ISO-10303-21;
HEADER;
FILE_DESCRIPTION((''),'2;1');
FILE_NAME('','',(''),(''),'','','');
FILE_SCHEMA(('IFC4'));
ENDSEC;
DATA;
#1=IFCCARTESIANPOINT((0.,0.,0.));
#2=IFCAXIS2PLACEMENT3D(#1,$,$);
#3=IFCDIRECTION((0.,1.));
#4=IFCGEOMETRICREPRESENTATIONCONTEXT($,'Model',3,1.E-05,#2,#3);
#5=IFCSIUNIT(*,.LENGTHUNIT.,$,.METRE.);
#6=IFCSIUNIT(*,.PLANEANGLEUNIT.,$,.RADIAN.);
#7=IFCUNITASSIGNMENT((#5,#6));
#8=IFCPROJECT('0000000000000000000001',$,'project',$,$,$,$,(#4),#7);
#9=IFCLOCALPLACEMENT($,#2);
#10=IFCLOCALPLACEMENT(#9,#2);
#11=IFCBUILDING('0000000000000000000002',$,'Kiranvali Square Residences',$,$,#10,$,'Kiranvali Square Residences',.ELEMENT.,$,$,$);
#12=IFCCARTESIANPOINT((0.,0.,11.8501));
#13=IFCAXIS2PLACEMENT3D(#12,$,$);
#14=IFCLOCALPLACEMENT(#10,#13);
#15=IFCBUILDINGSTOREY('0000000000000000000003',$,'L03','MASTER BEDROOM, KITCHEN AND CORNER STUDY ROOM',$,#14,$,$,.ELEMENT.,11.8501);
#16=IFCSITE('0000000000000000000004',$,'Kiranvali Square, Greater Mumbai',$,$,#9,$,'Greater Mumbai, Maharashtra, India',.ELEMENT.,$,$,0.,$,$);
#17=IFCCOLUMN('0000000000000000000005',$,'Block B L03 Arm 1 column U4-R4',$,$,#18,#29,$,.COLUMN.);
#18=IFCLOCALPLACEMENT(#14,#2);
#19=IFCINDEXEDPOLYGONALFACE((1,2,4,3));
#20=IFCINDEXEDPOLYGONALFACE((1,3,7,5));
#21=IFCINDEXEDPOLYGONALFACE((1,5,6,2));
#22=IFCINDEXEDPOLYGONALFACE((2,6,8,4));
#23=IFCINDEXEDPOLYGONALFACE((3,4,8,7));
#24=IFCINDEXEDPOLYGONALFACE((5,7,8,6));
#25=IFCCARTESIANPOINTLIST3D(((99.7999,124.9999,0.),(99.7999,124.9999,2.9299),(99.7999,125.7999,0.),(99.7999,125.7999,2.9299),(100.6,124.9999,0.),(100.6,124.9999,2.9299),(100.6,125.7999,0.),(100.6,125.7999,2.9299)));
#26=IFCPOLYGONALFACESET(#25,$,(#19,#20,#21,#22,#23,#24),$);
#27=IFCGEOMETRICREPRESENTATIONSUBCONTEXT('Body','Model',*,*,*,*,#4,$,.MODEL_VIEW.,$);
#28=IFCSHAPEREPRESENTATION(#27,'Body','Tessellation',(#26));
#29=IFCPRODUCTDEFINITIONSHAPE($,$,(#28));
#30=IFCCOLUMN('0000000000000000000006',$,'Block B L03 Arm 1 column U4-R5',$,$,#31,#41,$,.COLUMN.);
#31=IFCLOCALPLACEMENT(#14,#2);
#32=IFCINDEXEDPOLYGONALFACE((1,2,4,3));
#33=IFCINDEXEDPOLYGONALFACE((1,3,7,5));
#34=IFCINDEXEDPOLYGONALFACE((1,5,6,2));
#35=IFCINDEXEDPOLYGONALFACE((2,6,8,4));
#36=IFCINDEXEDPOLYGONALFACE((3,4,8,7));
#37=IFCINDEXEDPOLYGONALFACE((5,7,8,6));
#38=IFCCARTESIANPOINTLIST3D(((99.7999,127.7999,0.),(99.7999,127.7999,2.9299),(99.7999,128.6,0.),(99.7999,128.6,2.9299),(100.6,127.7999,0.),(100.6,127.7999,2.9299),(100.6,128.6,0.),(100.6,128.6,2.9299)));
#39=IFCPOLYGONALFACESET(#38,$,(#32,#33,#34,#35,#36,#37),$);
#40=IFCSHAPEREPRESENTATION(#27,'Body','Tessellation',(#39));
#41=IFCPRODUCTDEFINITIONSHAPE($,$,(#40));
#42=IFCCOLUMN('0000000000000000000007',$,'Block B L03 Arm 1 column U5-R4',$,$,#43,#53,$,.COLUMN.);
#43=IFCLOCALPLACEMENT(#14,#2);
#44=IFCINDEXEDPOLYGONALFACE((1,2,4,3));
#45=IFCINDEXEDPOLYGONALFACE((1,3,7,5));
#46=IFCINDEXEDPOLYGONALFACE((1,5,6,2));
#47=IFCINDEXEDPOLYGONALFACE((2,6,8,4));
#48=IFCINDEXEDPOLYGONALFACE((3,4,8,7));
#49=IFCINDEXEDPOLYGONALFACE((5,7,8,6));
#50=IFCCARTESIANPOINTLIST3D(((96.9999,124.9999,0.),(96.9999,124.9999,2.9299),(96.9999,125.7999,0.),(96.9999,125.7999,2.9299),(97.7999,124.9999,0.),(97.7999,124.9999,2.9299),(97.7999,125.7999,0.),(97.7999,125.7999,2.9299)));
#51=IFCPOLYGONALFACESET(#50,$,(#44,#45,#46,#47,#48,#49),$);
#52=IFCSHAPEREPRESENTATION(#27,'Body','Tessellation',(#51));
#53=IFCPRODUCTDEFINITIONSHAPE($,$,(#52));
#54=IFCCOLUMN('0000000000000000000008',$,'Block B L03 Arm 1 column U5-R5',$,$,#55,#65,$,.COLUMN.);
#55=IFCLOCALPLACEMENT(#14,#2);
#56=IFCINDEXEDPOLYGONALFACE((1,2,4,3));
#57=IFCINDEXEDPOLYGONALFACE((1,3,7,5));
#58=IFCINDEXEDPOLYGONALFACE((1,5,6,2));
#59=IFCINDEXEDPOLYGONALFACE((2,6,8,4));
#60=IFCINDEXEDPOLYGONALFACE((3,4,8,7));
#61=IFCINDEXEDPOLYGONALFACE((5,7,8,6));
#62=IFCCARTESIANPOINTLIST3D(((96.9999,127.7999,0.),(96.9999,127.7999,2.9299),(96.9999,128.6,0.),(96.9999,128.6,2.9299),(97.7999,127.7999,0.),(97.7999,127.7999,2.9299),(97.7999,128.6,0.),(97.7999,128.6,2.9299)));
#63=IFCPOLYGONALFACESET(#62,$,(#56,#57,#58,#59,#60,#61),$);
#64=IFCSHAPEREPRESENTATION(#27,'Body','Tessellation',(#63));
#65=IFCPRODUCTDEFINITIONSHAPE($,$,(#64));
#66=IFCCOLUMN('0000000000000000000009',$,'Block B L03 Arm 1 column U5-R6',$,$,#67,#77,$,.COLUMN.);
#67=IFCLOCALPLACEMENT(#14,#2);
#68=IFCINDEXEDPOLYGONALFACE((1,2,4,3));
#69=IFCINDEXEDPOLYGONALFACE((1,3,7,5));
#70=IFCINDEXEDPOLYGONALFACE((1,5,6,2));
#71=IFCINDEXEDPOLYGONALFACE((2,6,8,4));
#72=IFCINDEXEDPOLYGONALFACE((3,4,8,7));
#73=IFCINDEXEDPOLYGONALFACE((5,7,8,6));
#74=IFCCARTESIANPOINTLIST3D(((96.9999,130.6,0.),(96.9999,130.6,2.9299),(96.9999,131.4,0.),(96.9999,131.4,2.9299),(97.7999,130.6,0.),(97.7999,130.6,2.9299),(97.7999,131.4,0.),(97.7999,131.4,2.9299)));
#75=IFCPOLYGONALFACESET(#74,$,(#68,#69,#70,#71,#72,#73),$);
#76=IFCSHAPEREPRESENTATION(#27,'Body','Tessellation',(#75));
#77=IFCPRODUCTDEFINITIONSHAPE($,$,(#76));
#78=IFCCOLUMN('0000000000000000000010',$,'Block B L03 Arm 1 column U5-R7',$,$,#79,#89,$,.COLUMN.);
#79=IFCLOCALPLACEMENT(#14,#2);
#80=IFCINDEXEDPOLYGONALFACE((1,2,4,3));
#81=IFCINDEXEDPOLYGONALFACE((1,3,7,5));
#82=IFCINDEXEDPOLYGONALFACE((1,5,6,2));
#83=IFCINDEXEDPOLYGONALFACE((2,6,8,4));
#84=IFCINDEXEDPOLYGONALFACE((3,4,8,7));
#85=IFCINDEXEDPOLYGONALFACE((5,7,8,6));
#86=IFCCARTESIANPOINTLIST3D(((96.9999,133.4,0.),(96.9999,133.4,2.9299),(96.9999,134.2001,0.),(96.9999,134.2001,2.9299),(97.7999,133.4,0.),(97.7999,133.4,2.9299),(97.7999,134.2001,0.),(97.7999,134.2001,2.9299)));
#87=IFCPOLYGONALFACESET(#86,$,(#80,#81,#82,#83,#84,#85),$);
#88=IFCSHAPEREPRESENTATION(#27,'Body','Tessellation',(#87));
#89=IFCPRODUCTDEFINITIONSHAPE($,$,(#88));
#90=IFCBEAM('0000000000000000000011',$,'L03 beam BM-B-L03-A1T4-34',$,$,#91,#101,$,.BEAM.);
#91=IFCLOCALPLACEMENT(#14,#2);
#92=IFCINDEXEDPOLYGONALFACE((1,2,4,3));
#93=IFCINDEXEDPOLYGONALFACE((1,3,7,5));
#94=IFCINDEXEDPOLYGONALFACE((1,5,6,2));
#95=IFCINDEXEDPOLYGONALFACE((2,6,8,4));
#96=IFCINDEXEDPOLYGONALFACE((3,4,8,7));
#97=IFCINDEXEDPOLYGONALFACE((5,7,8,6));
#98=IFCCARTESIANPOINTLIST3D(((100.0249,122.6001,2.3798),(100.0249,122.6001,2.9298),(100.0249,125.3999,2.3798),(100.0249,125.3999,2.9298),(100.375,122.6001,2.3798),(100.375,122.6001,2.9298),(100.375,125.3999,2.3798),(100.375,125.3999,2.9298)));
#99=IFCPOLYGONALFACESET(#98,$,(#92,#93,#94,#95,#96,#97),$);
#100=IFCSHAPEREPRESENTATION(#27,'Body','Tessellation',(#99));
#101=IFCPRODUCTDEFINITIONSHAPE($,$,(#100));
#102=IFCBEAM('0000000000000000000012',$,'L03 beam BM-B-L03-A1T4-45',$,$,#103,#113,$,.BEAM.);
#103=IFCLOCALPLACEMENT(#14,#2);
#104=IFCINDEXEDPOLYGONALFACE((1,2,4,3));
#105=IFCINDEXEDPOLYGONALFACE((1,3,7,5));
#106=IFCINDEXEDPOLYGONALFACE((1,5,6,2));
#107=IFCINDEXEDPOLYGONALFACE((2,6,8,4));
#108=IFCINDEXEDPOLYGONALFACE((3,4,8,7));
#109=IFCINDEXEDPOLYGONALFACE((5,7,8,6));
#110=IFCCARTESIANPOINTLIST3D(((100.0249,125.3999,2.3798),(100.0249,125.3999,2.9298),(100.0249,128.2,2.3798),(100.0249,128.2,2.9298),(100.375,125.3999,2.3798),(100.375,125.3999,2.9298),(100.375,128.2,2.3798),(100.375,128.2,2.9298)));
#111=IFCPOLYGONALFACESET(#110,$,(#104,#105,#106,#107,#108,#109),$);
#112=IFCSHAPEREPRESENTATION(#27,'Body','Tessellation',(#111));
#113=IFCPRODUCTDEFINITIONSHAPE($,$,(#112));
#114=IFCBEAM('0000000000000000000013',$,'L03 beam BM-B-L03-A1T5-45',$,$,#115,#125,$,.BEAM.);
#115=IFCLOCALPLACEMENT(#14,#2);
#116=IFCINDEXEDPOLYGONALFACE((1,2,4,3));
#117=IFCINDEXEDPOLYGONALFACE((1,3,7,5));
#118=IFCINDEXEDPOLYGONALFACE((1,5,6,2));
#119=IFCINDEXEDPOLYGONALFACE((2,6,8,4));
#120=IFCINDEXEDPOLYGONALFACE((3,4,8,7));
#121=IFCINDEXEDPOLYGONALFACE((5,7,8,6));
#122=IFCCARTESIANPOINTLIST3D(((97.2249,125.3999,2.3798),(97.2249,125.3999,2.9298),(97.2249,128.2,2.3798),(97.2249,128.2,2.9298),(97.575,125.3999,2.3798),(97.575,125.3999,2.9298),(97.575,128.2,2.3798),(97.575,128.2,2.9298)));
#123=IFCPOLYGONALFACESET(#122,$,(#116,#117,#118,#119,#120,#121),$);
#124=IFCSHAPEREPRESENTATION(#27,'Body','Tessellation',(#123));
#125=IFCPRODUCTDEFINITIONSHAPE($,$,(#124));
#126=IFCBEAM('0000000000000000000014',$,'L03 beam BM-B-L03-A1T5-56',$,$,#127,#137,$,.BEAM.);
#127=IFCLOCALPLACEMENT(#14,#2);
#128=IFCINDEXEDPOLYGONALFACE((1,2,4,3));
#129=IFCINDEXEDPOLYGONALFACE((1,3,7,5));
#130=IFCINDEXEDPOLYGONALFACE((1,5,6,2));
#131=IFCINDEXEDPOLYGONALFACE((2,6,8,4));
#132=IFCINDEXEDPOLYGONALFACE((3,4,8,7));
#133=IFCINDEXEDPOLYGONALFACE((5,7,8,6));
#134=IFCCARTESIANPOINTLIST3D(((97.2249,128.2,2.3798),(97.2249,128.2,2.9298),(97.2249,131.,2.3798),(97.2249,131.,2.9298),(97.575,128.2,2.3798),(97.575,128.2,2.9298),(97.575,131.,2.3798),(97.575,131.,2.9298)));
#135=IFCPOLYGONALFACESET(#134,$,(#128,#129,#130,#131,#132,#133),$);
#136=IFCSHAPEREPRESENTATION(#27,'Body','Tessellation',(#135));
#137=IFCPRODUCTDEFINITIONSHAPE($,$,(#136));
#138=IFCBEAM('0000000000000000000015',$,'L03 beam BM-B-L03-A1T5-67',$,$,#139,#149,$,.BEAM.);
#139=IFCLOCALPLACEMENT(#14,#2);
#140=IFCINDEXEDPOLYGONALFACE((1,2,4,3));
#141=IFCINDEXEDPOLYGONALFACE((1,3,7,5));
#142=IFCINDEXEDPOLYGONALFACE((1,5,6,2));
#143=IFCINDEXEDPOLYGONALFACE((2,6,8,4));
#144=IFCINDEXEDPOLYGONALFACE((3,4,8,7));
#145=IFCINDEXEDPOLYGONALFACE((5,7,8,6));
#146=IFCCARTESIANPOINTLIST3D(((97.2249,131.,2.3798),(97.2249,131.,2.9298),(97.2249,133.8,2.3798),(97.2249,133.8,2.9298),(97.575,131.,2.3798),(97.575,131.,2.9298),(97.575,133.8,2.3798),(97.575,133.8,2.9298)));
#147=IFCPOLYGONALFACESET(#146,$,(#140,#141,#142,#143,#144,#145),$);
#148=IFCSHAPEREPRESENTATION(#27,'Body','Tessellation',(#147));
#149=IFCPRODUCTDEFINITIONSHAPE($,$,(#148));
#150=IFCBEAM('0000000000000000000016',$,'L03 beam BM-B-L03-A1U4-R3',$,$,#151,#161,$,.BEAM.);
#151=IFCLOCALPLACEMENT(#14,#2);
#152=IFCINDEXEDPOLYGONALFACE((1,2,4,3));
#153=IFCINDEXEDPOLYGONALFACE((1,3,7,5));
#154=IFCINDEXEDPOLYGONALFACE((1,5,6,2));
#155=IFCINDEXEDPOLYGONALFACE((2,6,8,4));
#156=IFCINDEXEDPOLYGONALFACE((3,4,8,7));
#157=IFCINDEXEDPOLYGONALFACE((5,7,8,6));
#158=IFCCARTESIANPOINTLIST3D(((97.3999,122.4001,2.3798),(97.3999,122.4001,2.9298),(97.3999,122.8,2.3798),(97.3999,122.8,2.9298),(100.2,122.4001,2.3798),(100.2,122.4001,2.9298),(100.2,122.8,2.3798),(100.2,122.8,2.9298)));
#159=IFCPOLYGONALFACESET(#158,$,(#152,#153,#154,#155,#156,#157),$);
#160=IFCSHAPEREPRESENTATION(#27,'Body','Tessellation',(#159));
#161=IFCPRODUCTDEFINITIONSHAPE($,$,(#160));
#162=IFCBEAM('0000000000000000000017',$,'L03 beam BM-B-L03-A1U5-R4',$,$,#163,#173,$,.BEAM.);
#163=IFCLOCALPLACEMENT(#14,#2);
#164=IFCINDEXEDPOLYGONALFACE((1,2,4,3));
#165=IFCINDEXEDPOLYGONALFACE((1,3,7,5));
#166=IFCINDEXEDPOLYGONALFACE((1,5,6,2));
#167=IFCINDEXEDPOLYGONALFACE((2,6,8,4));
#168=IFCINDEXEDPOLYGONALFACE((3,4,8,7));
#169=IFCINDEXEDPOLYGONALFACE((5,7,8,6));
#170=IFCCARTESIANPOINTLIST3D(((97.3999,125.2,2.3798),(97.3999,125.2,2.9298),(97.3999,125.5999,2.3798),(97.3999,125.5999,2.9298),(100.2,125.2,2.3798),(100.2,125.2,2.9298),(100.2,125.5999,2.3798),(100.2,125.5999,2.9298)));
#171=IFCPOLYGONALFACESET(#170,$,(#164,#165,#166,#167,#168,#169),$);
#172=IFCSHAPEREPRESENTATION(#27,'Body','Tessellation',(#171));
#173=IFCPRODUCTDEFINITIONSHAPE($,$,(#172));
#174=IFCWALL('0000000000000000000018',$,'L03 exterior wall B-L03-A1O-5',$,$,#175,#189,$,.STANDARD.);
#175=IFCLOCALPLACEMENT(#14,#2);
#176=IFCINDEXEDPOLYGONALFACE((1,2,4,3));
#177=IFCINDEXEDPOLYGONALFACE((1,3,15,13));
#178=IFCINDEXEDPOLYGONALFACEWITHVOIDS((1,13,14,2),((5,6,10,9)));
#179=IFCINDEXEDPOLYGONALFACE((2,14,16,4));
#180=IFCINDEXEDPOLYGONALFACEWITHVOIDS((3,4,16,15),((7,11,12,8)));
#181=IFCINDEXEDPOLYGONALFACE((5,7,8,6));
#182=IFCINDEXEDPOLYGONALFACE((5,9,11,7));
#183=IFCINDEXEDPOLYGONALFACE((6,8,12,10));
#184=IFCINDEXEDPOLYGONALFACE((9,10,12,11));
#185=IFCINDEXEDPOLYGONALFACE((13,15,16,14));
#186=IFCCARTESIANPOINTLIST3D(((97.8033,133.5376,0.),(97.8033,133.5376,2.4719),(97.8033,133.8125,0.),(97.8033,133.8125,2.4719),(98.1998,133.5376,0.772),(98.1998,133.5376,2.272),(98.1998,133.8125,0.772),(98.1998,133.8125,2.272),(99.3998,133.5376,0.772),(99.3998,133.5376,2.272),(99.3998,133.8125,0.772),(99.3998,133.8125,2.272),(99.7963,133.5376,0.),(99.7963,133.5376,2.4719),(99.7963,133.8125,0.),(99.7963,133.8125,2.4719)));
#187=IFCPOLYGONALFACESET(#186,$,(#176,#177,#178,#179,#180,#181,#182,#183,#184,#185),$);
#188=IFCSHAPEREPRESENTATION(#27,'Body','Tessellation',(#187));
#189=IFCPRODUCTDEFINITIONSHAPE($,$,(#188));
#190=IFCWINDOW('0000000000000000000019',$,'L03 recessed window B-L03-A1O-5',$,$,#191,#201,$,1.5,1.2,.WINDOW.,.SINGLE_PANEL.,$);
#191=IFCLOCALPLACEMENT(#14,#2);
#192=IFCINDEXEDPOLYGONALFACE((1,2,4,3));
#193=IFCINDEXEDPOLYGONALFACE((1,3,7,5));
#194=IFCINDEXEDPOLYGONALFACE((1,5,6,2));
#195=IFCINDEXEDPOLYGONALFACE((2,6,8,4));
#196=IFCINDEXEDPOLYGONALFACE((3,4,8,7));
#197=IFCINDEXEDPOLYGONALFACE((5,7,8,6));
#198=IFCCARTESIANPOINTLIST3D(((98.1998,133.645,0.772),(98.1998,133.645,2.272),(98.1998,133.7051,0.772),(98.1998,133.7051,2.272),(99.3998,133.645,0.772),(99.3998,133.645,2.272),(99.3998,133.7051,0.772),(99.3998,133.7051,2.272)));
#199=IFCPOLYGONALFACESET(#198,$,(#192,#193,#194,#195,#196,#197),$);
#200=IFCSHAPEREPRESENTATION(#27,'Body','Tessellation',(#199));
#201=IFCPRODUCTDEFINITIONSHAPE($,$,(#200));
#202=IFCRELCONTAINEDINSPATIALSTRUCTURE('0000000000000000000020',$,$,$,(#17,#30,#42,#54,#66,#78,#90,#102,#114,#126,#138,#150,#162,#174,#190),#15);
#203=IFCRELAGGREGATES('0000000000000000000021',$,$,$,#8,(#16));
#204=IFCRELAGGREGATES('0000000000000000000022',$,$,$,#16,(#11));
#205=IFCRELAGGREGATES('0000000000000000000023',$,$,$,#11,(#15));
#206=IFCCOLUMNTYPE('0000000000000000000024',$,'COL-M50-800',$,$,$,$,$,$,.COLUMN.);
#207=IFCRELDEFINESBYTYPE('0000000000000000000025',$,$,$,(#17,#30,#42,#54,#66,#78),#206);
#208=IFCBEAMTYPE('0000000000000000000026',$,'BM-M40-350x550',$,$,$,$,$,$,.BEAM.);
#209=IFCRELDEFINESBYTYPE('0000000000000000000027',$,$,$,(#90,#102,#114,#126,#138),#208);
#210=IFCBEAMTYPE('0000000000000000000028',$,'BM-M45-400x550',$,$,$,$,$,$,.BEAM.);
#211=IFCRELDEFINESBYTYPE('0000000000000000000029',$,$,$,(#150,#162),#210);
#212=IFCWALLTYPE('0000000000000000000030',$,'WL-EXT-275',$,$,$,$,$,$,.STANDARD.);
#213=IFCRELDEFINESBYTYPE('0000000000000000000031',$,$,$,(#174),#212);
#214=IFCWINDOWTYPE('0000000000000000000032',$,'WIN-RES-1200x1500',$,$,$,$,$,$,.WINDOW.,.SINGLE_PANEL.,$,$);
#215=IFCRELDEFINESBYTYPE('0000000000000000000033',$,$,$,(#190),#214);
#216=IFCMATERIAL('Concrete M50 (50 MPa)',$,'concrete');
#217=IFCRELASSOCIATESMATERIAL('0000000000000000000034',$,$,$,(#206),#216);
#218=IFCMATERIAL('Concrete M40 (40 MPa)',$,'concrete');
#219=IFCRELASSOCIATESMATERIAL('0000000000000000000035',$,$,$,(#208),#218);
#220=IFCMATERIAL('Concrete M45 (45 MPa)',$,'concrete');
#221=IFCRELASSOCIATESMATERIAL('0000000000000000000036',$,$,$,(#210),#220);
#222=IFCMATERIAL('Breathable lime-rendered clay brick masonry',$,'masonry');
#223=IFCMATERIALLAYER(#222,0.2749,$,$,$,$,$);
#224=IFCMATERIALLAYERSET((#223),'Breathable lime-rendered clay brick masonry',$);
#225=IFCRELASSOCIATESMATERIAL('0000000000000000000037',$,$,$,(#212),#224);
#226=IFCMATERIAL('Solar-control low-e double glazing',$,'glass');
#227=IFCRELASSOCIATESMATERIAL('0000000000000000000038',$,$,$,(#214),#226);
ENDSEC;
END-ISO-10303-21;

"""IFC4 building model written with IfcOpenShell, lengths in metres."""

from ifc_helpers import new_model, si_unit, direction, frame, frame_2d, origin, origin_2d, place, context, subcontext, project, spatial, rectangle, extrude, material, layer, layer_set, material_profile, profile_set, type_object, element, fill, save


model = new_model("IFC4")

# Units and contexts
model_context = context("Model", 3, precision=1e-05, world=origin(), true_north=direction((0.0, 1.0)))
body_context = subcontext(model_context, "Body", "Model", "MODEL_VIEW")
ifc_project = project(units=[si_unit("LENGTHUNIT", "METRE"), si_unit("PLANEANGLEUNIT", "RADIAN")], contexts=[model_context])

# Site, building, storey
site_placement = place(None, origin())
site = spatial("IfcSite", under=ifc_project, at=site_placement, Name="Kiranvali Square, Greater Mumbai", LongName="Greater Mumbai, Maharashtra, India", CompositionType="ELEMENT", RefElevation=0.0)
building_placement = place(site_placement, origin())
building = spatial("IfcBuilding", under=site, at=building_placement, Name="Kiranvali Square Residences", LongName="Kiranvali Square Residences", CompositionType="ELEMENT")
storey_placement = place(building_placement, frame((0.0, 0.0, 11.8501)))
storey = spatial("IfcBuildingStorey", under=building, at=storey_placement, Name="L03", Description="MASTER BEDROOM, KITCHEN AND CORNER STUDY ROOM", CompositionType="ELEMENT", Elevation=11.8501)

# Columns
ifc_material_1 = material(Name="Concrete M50 (50 MPa)", Category="concrete")
ifc_material_profile_1 = material_profile(ifc_material_1, rectangle(XDim=0.8, YDim=0.8, at=origin_2d()), Name="RC 800x800")
ifc_profile_set_1 = profile_set([ifc_material_profile_1], Name="Concrete M50 (50 MPa)")
column_type = type_object("IfcColumnType", Name="COL-M50-800", PredefinedType="COLUMN", material=ifc_profile_set_1)
for number, where, z_axis, x_axis, name in (
    (1, (100.2, 125.3999, 0.0), (0.0, 0.0, 1.0), (1.0, 0.0, 0.0), "Block B L03 Arm 1 column U4-R4"),
    (2, (100.2, 128.2, 0.0), (0.0, 0.0, 1.0), (1.0, 0.0, 0.0), "Block B L03 Arm 1 column U4-R5"),
    (3, (97.3999, 125.3999, 0.0), (0.0, 0.0, 1.0), (1.0, 0.0, 0.0), "Block B L03 Arm 1 column U5-R4"),
    (4, (97.3999, 128.2, 0.0), (0.0, 0.0, 1.0), (1.0, 0.0, 0.0), "Block B L03 Arm 1 column U5-R5"),
    (5, (97.3999, 131.0, 0.0), (0.0, 0.0, 1.0), (1.0, 0.0, 0.0), "Block B L03 Arm 1 column U5-R6"),
    (6, (97.3999, 133.8, 0.0), (0.0, 0.0, 1.0), (1.0, 0.0, 0.0), "Block B L03 Arm 1 column U5-R7"),
):
    element("IfcColumn", number, at=place(storey_placement, frame(where, z_axis=z_axis, x_axis=x_axis)), inside=storey, type_object=column_type, Name=name, PredefinedType="COLUMN", context=body_context, shape_type="SweptSolid", body=[
        extrude(rectangle(XDim=0.8, YDim=0.8, at=origin_2d()), origin(), (0.0, 0.0, 1.0), 2.9299),
    ])

# Beams
ifc_material_2 = material(Name="Concrete M40 (40 MPa)", Category="concrete")
ifc_material_profile_2 = material_profile(ifc_material_2, rectangle(XDim=0.3501, YDim=0.55, at=origin_2d()), Name="RC 350x550")
ifc_profile_set_2 = profile_set([ifc_material_profile_2], Name="Concrete M40 (40 MPa)")
beam_type_1 = type_object("IfcBeamType", Name="BM-M40-350x550", PredefinedType="BEAM", material=ifc_profile_set_2)
beam_placement = place(storey_placement, frame((100.2, 122.6001, 2.6548), z_axis=(0.0, 1.0, 0.0), x_axis=(-1.0, 0.0, 0.0)))
element("IfcBeam", 7, at=beam_placement, inside=storey, type_object=beam_type_1, Name="L03 beam BM-B-L03-A1T4-34", PredefinedType="BEAM", context=body_context, shape_type="SweptSolid", body=[
    extrude(rectangle(XDim=0.3501, YDim=0.55, at=origin_2d()), origin(), (0.0, 0.0, 1.0), 2.7998),
])
for number, where, z_axis, x_axis, name in (
    (8, (100.2, 125.3999, 2.6548), (0.0, 1.0, 0.0), (-1.0, 0.0, 0.0), "L03 beam BM-B-L03-A1T4-45"),
    (9, (97.3999, 125.3999, 2.6548), (0.0, 1.0, 0.0), (-1.0, 0.0, 0.0), "L03 beam BM-B-L03-A1T5-45"),
    (10, (97.3999, 128.2, 2.6548), (0.0, 1.0, 0.0), (-1.0, 0.0, 0.0), "L03 beam BM-B-L03-A1T5-56"),
    (11, (97.3999, 131.0, 2.6548), (0.0, 1.0, 0.0), (-1.0, 0.0, 0.0), "L03 beam BM-B-L03-A1T5-67"),
):
    element("IfcBeam", number, at=place(storey_placement, frame(where, z_axis=z_axis, x_axis=x_axis)), inside=storey, type_object=beam_type_1, Name=name, PredefinedType="BEAM", context=body_context, shape_type="SweptSolid", body=[
        extrude(rectangle(XDim=0.3501, YDim=0.55, at=origin_2d()), origin(), (0.0, 0.0, 1.0), 2.8),
    ])
ifc_material_3 = material(Name="Concrete M45 (45 MPa)", Category="concrete")
ifc_material_profile_3 = material_profile(ifc_material_3, rectangle(XDim=0.3999, YDim=0.55, at=origin_2d()), Name="RC 400x550")
ifc_profile_set_3 = profile_set([ifc_material_profile_3], Name="Concrete M45 (45 MPa)")
beam_type_2 = type_object("IfcBeamType", Name="BM-M45-400x550", PredefinedType="BEAM", material=ifc_profile_set_3)
for number, where, z_axis, x_axis, name in (
    (12, (100.2, 122.6001, 2.6548), (-1.0, 0.0, 0.0), (0.0, -1.0, 0.0), "L03 beam BM-B-L03-A1U4-R3"),
    (13, (100.2, 125.3999, 2.6548), (-1.0, 0.0, 0.0), (0.0, -1.0, 0.0), "L03 beam BM-B-L03-A1U5-R4"),
):
    element("IfcBeam", number, at=place(storey_placement, frame(where, z_axis=z_axis, x_axis=x_axis)), inside=storey, type_object=beam_type_2, Name=name, PredefinedType="BEAM", context=body_context, shape_type="SweptSolid", body=[
        extrude(rectangle(XDim=0.3999, YDim=0.55, at=origin_2d()), origin(), (0.0, 0.0, 1.0), 2.8),
    ])

# Wall, opening, window
ifc_material_4 = material(Name="Breathable lime-rendered clay brick masonry", Category="masonry")
ifc_layer_1 = layer(ifc_material_4, 0.2749)
ifc_layer_set_1 = layer_set([ifc_layer_1], Name="Breathable lime-rendered clay brick masonry")
wall_type_1 = type_object("IfcWallType", Name="WL-EXT-275", PredefinedType="STANDARD", material=ifc_layer_set_1)
wall_1_placement = place(storey_placement, frame((99.7964, 133.675, 0.0), z_axis=(0.0, 0.0, 1.0), x_axis=(-1.0, 0.0, 0.0)))
wall_1 = element("IfcWall", 14, at=wall_1_placement, inside=storey, type_object=wall_type_1, Name="L03 exterior wall B-L03-A1O-5", PredefinedType="STANDARD", context=body_context, shape_type="SweptSolid", body=[
    extrude(rectangle(XDim=1.9929, YDim=0.2749, at=frame_2d((0.9966, 0.0))), origin(), (0.0, 0.0, 1.0), 2.4719),
])
opening_1_placement = place(wall_1_placement, frame((0.3965, 0.0, 0.772)))
opening_1 = element("IfcOpeningElement", 15, at=opening_1_placement, cuts=wall_1, PredefinedType="OPENING", context=body_context, shape_type="SweptSolid", body=[
    extrude(rectangle(XDim=1.2, YDim=1.5, at=frame_2d((0.6001, 0.75))), frame((0.0, 0.1475, 0.0), z_axis=(0.0, -1.0, 0.0), x_axis=(1.0, 0.0, 0.0)), (0.0, 0.0, 1.0), 0.2949),
])
ifc_material_5 = material(Name="Solar-control low-e double glazing", Category="glass")
window_type = type_object("IfcWindowType", Name="WIN-RES-1200x1500", PartitioningType="SINGLE_PANEL", PredefinedType="WINDOW", material=ifc_material_5)
window_1_placement = place(opening_1_placement, origin())
window_1 = element("IfcWindow", 16, at=window_1_placement, inside=storey, type_object=window_type, Name="L03 recessed window B-L03-A1O-5", OverallHeight=1.5, OverallWidth=1.2, PartitioningType="SINGLE_PANEL", PredefinedType="WINDOW", context=body_context, shape_type="SweptSolid", body=[
    extrude(rectangle(XDim=1.2, YDim=1.5, at=frame_2d((0.6001, 0.75))), frame((0.0, 0.03, 0.0), z_axis=(0.0, -1.0, 0.0), x_axis=(1.0, 0.0, 0.0)), (0.0, 0.0, 1.0), 0.0601),
])
fill(opening_1, window_1)

save(model, "model.ifc")
